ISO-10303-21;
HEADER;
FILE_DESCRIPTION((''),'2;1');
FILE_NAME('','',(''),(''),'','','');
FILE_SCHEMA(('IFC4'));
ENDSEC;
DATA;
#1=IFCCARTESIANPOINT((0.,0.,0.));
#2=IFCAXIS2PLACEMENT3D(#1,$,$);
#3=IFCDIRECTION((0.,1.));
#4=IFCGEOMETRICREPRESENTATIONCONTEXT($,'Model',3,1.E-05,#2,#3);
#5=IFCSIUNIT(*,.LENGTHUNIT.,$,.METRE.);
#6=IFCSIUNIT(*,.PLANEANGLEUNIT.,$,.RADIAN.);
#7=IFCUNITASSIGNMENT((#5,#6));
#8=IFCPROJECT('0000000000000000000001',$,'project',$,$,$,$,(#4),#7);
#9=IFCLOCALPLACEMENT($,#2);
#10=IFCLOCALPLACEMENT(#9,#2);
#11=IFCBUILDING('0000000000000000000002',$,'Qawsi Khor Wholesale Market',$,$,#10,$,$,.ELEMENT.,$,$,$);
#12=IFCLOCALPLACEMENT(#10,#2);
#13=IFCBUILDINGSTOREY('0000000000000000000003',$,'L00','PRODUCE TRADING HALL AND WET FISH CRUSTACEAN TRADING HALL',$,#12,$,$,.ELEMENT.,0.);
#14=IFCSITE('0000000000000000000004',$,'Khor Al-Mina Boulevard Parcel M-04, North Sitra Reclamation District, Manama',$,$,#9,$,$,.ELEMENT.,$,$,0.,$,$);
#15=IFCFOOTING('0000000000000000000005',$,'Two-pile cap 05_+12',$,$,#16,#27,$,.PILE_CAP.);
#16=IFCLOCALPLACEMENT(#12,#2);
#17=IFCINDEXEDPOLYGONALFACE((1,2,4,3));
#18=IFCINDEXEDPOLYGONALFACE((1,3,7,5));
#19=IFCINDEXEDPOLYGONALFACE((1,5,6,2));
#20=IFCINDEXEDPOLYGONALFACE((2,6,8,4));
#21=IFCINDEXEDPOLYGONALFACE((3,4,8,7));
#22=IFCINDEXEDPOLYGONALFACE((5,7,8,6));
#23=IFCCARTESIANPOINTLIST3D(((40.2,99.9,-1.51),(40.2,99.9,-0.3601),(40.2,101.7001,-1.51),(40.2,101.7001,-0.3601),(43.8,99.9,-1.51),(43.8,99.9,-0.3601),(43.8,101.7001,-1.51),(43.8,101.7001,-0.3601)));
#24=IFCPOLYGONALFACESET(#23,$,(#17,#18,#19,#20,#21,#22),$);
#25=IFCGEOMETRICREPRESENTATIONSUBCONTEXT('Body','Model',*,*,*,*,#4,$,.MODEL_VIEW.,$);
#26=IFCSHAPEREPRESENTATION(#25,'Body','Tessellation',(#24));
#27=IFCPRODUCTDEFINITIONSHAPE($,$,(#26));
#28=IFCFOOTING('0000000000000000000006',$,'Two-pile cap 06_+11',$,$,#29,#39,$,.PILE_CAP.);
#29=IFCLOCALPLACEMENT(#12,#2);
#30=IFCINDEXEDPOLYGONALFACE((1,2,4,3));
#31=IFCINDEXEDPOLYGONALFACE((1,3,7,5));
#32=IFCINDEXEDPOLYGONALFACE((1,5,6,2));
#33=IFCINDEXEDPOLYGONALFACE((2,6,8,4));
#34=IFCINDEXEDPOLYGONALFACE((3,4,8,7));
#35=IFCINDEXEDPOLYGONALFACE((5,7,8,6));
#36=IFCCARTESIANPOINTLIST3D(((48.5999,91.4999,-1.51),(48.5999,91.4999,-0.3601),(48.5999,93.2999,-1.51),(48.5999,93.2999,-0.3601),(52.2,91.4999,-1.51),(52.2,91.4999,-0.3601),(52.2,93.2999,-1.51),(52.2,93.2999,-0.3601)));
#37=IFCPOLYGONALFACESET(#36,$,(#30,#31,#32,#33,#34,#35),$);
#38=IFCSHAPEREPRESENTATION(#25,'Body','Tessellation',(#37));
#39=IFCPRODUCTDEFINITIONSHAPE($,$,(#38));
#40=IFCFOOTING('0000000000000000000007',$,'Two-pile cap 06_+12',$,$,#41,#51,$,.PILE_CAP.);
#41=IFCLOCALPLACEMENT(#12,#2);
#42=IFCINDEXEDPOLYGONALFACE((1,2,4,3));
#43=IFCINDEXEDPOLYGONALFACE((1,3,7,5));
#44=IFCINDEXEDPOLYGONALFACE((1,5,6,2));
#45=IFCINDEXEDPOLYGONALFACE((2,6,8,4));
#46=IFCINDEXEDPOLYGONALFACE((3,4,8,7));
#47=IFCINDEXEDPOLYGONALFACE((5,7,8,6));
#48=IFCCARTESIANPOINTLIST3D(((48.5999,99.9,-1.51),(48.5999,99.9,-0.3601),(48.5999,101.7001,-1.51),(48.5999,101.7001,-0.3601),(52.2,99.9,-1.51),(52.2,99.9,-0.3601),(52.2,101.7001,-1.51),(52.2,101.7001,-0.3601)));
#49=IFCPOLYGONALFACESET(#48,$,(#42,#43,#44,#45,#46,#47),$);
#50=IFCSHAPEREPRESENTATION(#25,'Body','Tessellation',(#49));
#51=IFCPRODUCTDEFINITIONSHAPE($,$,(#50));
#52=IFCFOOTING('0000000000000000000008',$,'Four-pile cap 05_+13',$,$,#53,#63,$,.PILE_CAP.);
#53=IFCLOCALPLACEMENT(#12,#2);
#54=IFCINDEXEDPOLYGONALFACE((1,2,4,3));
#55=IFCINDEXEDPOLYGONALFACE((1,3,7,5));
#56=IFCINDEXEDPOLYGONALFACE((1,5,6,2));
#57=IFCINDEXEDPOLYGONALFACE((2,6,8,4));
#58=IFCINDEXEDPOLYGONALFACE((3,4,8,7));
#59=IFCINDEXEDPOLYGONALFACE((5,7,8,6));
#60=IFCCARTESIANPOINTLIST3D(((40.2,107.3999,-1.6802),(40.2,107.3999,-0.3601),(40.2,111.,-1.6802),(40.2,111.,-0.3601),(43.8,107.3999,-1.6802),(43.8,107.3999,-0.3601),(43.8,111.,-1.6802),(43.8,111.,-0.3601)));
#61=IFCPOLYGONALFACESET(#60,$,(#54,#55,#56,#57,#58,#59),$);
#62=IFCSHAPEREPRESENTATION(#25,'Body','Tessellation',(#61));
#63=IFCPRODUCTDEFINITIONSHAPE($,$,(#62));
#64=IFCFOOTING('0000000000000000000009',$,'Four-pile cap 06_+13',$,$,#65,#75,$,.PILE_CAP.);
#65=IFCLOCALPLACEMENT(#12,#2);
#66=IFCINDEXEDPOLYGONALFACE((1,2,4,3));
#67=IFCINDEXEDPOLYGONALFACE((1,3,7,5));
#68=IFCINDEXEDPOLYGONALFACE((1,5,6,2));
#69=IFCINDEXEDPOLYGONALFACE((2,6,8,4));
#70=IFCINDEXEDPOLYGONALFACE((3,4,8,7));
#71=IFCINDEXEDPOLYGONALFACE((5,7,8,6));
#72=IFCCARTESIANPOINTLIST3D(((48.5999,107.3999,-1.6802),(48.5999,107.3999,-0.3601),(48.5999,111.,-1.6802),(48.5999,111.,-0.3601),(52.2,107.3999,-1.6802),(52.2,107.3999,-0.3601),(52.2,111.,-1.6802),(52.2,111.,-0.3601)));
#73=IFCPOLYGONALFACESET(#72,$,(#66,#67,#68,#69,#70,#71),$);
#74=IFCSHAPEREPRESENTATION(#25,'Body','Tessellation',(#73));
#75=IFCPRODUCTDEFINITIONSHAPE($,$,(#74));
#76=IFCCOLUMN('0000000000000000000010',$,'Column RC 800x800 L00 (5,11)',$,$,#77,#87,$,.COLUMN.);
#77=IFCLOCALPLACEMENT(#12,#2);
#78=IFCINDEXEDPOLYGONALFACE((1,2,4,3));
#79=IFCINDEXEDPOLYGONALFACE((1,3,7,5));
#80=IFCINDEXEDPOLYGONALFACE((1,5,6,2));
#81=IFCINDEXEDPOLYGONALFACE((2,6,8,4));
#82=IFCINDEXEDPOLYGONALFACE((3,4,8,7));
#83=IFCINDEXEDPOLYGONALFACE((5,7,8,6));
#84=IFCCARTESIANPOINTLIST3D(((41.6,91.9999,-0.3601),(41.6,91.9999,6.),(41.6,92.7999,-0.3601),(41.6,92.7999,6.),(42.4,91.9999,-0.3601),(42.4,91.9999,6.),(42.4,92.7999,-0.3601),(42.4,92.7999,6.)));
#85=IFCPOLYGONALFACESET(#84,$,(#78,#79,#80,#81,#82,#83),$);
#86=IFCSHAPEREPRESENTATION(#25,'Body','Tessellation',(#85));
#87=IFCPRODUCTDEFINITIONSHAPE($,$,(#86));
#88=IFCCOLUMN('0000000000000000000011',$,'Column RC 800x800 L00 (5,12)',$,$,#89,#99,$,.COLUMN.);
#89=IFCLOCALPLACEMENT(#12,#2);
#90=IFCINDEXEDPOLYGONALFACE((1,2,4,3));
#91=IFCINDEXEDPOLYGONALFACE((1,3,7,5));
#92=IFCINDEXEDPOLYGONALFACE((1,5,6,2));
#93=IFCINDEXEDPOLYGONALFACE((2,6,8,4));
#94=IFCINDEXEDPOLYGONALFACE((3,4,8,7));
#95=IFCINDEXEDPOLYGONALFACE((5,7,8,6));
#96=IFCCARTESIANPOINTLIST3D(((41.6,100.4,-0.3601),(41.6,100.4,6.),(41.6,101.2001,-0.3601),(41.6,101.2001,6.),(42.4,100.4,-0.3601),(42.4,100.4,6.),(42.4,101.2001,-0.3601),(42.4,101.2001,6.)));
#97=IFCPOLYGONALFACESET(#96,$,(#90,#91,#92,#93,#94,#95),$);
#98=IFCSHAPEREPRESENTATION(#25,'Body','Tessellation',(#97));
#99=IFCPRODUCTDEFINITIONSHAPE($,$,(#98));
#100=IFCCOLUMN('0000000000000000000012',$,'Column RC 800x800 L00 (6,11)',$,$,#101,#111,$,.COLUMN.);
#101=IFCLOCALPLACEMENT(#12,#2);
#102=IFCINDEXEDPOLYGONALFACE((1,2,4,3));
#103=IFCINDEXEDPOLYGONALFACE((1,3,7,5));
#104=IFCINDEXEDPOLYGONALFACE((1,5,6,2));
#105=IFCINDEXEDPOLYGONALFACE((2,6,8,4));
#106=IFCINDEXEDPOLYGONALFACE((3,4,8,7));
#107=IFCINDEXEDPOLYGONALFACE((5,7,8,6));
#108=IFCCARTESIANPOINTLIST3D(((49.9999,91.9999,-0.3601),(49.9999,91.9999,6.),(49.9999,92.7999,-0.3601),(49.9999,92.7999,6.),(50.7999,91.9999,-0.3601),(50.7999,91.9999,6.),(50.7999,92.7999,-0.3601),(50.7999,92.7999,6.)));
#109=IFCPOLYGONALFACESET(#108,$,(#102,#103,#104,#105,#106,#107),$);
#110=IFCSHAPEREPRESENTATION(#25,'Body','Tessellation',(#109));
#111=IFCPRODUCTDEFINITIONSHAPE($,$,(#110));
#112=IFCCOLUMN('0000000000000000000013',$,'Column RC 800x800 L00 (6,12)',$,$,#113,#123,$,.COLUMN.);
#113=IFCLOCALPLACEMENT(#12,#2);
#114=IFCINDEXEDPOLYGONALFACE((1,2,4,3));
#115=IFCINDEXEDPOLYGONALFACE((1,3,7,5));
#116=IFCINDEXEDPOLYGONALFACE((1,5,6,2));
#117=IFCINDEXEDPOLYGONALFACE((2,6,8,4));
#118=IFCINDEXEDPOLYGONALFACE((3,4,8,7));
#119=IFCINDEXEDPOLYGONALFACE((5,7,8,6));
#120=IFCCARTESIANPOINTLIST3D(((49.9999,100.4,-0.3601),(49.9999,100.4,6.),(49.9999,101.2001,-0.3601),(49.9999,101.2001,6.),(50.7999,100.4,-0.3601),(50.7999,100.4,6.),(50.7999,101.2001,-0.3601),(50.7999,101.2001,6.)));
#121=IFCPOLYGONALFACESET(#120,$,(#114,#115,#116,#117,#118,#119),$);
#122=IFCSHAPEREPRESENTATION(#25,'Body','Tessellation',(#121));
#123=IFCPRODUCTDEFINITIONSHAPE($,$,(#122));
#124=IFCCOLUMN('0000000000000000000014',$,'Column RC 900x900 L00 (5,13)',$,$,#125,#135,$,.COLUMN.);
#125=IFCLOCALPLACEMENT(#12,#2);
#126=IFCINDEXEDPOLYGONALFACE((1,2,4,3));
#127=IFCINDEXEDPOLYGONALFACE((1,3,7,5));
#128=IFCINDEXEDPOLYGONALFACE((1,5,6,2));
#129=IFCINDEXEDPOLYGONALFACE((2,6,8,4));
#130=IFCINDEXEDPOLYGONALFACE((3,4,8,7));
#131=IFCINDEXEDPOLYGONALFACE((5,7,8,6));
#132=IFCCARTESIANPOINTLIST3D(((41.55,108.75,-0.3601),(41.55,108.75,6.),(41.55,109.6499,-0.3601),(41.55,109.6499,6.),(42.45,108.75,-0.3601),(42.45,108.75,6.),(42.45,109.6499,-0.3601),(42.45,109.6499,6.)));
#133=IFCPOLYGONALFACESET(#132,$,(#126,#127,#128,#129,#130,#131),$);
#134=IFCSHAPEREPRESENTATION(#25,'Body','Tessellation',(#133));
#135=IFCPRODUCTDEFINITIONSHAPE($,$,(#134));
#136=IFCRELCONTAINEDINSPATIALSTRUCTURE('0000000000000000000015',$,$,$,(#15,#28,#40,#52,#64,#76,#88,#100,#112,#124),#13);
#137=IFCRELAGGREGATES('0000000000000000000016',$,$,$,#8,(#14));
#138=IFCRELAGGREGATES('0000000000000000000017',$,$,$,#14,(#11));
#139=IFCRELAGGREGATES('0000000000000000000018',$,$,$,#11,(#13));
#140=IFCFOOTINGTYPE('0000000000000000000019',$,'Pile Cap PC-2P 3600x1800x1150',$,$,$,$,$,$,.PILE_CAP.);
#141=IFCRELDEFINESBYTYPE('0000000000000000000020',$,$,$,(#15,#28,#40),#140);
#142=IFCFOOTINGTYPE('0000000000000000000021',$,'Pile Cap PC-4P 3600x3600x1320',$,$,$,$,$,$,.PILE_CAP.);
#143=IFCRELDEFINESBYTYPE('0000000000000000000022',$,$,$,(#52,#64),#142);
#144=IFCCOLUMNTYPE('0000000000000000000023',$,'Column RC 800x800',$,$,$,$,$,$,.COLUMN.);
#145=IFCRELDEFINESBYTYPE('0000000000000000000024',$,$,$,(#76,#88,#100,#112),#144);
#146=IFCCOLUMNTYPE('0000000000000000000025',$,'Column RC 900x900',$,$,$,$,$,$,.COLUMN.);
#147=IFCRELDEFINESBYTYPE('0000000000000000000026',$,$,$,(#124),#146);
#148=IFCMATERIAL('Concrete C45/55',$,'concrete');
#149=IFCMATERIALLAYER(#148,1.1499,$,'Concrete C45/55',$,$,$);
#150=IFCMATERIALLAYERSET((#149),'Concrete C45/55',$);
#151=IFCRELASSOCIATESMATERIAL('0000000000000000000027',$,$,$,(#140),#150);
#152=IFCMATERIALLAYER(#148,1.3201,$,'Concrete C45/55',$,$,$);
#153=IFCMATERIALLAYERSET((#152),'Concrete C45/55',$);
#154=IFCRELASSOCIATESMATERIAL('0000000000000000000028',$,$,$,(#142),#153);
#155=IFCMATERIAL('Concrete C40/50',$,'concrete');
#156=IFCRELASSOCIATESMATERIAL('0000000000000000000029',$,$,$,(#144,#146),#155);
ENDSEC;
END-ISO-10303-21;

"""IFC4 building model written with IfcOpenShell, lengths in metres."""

from ifc_helpers import new_model, si_unit, direction, frame, origin, origin_2d, place, context, subcontext, project, spatial, rectangle, extrude, material, layer, layer_set, material_profile, profile_set, type_object, element, save


model = new_model("IFC4")

# Units and contexts
model_context = context("Model", 3, precision=1e-05, world=origin(), true_north=direction((0.0, 1.0)))
body_context = subcontext(model_context, "Body", "Model", "MODEL_VIEW")
ifc_project = project(units=[si_unit("LENGTHUNIT", "METRE"), si_unit("PLANEANGLEUNIT", "RADIAN")], contexts=[model_context])

# Site, building, storey
site_placement = place(None, origin())
site = spatial("IfcSite", under=ifc_project, at=site_placement, Name="Khor Al-Mina Boulevard Parcel M-04, North Sitra Reclamation District, Manama", CompositionType="ELEMENT", RefElevation=0.0)
building_placement = place(site_placement, origin())
building = spatial("IfcBuilding", under=site, at=building_placement, Name="Qawsi Khor Wholesale Market", CompositionType="ELEMENT")
storey_placement = place(building_placement, origin())
storey = spatial("IfcBuildingStorey", under=building, at=storey_placement, Name="L00", Description="PRODUCE TRADING HALL AND WET FISH CRUSTACEAN TRADING HALL", CompositionType="ELEMENT", Elevation=0.0)

# Shared definitions
ifc_material_1 = material(Name="Concrete C45/55", Category="concrete")

# Footings
ifc_layer_1 = layer(ifc_material_1, 1.1499, Name="Concrete C45/55")
ifc_layer_set_1 = layer_set([ifc_layer_1], Name="Concrete C45/55")
footing_type_1 = type_object("IfcFootingType", Name="Pile Cap PC-2P 3600x1800x1150", PredefinedType="PILE_CAP", material=ifc_layer_set_1)
for number, where, z_axis, x_axis, name in (
    (1, (42.0, 100.8, -1.51), (0.0, 0.0, 1.0), (1.0, 0.0, 0.0), "Two-pile cap 05_+12"),
    (2, (50.3999, 92.3999, -1.51), (0.0, 0.0, 1.0), (1.0, 0.0, 0.0), "Two-pile cap 06_+11"),
    (3, (50.3999, 100.8, -1.51), (0.0, 0.0, 1.0), (1.0, 0.0, 0.0), "Two-pile cap 06_+12"),
):
    element("IfcFooting", number, at=place(storey_placement, frame(where, z_axis=z_axis, x_axis=x_axis)), inside=storey, type_object=footing_type_1, Name=name, PredefinedType="PILE_CAP", context=body_context, shape_type="SweptSolid", body=[
        extrude(rectangle(XDim=3.6001, YDim=1.8, at=origin_2d()), origin(), (0.0, 0.0, 1.0), 1.1499),
    ])
ifc_layer_2 = layer(ifc_material_1, 1.3201, Name="Concrete C45/55")
ifc_layer_set_2 = layer_set([ifc_layer_2], Name="Concrete C45/55")
footing_type_2 = type_object("IfcFootingType", Name="Pile Cap PC-4P 3600x3600x1320", PredefinedType="PILE_CAP", material=ifc_layer_set_2)
for number, where, z_axis, x_axis, name in (
    (4, (42.0, 109.2, -1.6802), (0.0, 0.0, 1.0), (1.0, 0.0, 0.0), "Four-pile cap 05_+13"),
    (5, (50.3999, 109.2, -1.6802), (0.0, 0.0, 1.0), (1.0, 0.0, 0.0), "Four-pile cap 06_+13"),
):
    element("IfcFooting", number, at=place(storey_placement, frame(where, z_axis=z_axis, x_axis=x_axis)), inside=storey, type_object=footing_type_2, Name=name, PredefinedType="PILE_CAP", context=body_context, shape_type="SweptSolid", body=[
        extrude(rectangle(XDim=3.6001, YDim=3.6001, at=origin_2d()), origin(), (0.0, 0.0, 1.0), 1.3201),
    ])

# Columns
ifc_material_2 = material(Name="Concrete C40/50", Category="concrete")
ifc_material_profile_1 = material_profile(ifc_material_2, rectangle(XDim=0.8, YDim=0.8, at=origin_2d()), Name="RC 800x800")
ifc_profile_set_1 = profile_set([ifc_material_profile_1], Name="Concrete C40/50")
column_type_1 = type_object("IfcColumnType", Name="Column RC 800x800", PredefinedType="COLUMN", material=ifc_profile_set_1)
for number, where, z_axis, x_axis, name in (
    (6, (42.0, 92.3999, -0.3601), (0.0, 0.0, 1.0), (1.0, 0.0, 0.0), "Column RC 800x800 L00 (5,11)"),
    (7, (42.0, 100.8, -0.3601), (0.0, 0.0, 1.0), (1.0, 0.0, 0.0), "Column RC 800x800 L00 (5,12)"),
    (8, (50.3999, 92.3999, -0.3601), (0.0, 0.0, 1.0), (1.0, 0.0, 0.0), "Column RC 800x800 L00 (6,11)"),
    (9, (50.3999, 100.8, -0.3601), (0.0, 0.0, 1.0), (1.0, 0.0, 0.0), "Column RC 800x800 L00 (6,12)"),
):
    element("IfcColumn", number, at=place(storey_placement, frame(where, z_axis=z_axis, x_axis=x_axis)), inside=storey, type_object=column_type_1, Name=name, PredefinedType="COLUMN", context=body_context, shape_type="SweptSolid", body=[
        extrude(rectangle(XDim=0.8, YDim=0.8, at=origin_2d()), origin(), (0.0, 0.0, 1.0), 6.3601),
    ])
ifc_material_profile_2 = material_profile(ifc_material_2, rectangle(XDim=0.8999, YDim=0.8999, at=origin_2d()), Name="RC 900x900")
ifc_profile_set_2 = profile_set([ifc_material_profile_2], Name="Concrete C40/50")
column_type_2 = type_object("IfcColumnType", Name="Column RC 900x900", PredefinedType="COLUMN", material=ifc_profile_set_2)
column_placement = place(storey_placement, frame((42.0, 109.2, -0.3601), z_axis=(0.0, 0.0, 1.0), x_axis=(1.0, 0.0, 0.0)))
element("IfcColumn", 10, at=column_placement, inside=storey, type_object=column_type_2, Name="Column RC 900x900 L00 (5,13)", PredefinedType="COLUMN", context=body_context, shape_type="SweptSolid", body=[
    extrude(rectangle(XDim=0.8999, YDim=0.8999, at=origin_2d()), origin(), (0.0, 0.0, 1.0), 6.3601),
])

save(model, "model.ifc")
